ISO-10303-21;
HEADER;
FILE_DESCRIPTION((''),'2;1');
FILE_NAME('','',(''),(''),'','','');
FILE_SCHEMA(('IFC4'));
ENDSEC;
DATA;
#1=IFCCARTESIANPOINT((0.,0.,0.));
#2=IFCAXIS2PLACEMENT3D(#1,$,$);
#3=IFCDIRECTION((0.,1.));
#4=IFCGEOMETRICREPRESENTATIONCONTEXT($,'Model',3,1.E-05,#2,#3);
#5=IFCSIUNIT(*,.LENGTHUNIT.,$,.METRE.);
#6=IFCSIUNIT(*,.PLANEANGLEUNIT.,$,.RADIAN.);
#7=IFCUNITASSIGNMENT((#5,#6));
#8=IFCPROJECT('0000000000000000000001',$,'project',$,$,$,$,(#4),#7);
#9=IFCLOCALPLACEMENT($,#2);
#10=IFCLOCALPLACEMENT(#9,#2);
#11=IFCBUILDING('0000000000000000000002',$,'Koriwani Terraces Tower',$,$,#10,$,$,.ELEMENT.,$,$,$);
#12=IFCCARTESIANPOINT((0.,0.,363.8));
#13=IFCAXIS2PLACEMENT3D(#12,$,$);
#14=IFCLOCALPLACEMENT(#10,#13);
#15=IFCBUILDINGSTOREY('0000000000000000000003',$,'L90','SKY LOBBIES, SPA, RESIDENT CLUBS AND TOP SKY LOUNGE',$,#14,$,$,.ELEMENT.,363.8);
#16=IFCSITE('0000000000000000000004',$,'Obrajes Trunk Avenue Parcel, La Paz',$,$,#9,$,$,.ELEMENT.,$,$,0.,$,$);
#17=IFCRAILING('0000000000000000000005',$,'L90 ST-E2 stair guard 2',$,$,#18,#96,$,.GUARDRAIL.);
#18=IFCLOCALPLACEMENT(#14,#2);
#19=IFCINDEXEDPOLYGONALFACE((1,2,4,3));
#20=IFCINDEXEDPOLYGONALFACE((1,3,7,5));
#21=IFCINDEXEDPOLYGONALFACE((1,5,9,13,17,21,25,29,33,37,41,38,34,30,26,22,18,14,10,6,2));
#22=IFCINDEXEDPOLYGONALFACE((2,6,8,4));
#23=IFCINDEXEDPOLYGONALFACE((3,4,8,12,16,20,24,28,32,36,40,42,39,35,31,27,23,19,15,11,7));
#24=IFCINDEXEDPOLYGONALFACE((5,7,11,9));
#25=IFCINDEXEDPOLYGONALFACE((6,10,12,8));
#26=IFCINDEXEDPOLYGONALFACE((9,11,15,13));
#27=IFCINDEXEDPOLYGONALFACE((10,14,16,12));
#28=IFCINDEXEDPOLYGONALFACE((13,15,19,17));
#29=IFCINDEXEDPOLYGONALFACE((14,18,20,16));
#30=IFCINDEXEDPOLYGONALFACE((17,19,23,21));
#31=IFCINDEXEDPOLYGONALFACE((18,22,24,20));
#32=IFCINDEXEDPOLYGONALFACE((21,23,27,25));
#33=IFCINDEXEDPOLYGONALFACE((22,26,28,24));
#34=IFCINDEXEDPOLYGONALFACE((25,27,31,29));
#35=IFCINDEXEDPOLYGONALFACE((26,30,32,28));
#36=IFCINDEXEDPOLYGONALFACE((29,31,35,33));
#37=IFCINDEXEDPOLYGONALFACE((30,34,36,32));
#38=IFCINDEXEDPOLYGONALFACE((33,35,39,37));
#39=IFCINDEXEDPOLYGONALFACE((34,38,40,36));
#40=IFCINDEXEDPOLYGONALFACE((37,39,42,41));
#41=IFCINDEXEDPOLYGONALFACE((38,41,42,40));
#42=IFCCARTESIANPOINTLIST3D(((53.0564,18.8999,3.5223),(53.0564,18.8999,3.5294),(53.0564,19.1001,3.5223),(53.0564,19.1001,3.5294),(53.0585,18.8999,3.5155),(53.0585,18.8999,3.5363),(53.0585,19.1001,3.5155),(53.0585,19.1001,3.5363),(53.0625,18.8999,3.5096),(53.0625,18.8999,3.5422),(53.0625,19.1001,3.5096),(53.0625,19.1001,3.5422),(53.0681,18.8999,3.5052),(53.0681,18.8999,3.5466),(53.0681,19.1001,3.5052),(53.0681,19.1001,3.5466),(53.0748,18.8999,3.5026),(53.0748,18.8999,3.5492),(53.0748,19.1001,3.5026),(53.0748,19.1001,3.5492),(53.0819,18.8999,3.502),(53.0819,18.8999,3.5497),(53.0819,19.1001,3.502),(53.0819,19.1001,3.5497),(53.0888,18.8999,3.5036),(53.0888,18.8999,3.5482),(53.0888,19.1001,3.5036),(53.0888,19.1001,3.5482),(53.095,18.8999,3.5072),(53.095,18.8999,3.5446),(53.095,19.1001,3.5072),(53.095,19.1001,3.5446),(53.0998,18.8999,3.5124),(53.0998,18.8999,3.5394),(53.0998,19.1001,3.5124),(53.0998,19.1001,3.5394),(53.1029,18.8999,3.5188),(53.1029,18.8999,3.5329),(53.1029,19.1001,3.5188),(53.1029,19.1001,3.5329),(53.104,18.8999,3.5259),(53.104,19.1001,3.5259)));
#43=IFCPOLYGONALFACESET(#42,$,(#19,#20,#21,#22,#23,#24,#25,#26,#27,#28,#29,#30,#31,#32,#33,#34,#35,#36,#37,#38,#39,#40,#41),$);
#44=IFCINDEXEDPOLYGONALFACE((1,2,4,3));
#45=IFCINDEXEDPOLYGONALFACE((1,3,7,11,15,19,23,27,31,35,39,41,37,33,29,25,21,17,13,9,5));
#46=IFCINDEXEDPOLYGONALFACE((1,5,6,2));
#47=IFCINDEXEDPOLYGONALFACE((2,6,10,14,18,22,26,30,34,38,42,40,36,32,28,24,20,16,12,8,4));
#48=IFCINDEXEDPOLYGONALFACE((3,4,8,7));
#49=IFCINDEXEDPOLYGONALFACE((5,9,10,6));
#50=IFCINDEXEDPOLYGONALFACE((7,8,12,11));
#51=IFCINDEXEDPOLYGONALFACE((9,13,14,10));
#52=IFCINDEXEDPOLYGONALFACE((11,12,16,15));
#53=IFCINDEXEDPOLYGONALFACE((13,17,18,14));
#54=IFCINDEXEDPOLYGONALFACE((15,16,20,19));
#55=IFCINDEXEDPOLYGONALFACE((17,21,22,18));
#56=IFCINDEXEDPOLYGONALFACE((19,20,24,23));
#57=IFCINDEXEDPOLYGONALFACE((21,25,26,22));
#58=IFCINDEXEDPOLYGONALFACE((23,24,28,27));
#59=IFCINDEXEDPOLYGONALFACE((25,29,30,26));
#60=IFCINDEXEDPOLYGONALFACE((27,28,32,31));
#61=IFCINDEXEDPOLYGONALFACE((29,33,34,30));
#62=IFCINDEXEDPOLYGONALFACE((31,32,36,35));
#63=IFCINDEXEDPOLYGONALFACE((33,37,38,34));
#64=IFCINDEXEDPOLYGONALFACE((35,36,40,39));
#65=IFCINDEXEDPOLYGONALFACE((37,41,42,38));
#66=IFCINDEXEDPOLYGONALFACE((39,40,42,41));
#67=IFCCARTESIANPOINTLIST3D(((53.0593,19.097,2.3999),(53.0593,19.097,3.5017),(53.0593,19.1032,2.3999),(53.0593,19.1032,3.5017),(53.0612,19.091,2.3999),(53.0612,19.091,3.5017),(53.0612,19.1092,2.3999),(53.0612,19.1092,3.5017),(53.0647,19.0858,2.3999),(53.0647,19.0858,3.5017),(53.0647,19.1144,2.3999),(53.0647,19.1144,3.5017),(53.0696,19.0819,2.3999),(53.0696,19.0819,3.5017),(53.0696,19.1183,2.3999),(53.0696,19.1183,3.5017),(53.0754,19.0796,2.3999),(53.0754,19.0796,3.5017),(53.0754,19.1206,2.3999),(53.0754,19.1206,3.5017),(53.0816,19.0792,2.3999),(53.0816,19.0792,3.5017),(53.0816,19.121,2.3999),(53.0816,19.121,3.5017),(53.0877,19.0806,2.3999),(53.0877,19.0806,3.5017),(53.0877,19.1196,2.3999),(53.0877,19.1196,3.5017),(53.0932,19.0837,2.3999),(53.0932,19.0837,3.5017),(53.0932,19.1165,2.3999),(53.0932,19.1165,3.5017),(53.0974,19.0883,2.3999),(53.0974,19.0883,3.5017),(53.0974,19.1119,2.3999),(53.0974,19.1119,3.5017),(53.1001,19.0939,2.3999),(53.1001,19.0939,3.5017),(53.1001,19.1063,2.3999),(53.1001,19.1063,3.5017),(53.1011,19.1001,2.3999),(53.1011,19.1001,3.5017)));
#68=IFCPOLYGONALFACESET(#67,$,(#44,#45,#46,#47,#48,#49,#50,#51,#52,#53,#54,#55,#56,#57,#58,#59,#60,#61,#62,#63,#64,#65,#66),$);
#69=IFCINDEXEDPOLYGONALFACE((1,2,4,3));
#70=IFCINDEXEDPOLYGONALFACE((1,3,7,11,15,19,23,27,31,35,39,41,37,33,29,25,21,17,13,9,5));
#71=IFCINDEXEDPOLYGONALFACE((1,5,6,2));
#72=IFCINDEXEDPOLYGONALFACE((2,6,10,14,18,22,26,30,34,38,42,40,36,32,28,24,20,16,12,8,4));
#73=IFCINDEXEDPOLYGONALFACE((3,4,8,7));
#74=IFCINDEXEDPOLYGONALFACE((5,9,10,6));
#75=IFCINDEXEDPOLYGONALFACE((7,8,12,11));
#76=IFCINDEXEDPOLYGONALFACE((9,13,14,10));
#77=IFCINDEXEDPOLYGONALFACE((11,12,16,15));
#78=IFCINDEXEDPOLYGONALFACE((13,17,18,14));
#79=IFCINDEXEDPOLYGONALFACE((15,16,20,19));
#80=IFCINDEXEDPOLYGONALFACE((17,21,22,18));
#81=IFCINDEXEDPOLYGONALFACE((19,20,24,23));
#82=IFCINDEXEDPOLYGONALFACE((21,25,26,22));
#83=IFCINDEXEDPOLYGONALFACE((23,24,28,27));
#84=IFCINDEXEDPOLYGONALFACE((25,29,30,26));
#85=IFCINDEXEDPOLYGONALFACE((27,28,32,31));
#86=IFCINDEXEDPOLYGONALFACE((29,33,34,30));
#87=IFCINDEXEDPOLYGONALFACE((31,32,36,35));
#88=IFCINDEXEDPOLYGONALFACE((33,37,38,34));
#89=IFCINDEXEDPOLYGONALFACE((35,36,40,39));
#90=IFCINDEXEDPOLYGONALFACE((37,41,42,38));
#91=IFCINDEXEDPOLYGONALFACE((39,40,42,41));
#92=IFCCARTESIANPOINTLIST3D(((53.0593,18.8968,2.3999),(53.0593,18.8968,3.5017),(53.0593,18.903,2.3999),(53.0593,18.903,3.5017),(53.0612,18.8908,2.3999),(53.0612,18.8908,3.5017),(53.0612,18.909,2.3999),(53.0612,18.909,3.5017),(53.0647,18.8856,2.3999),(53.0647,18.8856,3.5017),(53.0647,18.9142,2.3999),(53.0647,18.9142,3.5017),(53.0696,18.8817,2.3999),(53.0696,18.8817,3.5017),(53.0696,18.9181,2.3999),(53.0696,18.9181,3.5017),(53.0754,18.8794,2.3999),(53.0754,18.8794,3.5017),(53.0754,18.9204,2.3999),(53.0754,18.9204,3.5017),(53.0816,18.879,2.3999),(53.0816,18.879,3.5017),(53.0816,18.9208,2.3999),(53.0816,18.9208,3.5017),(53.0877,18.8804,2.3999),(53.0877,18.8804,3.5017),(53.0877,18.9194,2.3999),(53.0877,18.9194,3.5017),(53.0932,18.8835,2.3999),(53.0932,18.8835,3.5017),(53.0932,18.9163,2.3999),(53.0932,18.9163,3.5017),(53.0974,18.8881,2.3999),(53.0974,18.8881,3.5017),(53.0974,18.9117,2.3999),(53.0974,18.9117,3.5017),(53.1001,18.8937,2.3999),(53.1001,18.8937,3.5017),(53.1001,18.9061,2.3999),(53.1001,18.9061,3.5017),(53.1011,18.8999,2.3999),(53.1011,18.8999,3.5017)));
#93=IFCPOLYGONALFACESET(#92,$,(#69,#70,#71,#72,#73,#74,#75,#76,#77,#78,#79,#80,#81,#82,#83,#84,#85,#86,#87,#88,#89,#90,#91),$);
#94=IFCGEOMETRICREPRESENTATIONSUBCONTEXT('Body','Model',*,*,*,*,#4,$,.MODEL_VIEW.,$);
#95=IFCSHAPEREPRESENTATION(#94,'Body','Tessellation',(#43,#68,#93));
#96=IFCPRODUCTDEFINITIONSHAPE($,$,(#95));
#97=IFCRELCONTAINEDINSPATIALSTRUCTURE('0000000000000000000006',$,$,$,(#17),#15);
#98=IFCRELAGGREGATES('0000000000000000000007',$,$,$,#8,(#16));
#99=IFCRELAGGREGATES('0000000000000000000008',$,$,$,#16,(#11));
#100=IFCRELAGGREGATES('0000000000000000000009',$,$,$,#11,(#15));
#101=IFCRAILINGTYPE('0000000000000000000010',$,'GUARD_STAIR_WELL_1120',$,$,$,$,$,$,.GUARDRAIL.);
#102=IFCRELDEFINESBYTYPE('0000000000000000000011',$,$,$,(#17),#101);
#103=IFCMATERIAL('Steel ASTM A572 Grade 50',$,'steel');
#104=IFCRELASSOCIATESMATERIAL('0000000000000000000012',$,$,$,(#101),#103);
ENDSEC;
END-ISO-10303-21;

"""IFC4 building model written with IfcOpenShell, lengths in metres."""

from ifc_helpers import new_model, si_unit, direction, frame, origin, origin_2d, place, context, subcontext, project, spatial, circle, extrude, material, type_object, element, save


model = new_model("IFC4")

# Units and contexts
model_context = context("Model", 3, precision=1e-05, world=origin(), true_north=direction((0.0, 1.0)))
body_context = subcontext(model_context, "Body", "Model", "MODEL_VIEW")
ifc_project = project(units=[si_unit("LENGTHUNIT", "METRE"), si_unit("PLANEANGLEUNIT", "RADIAN")], contexts=[model_context])

# Site, building, storey
site_placement = place(None, origin())
site = spatial("IfcSite", under=ifc_project, at=site_placement, Name="Obrajes Trunk Avenue Parcel, La Paz", CompositionType="ELEMENT", RefElevation=0.0)
building_placement = place(site_placement, origin())
building = spatial("IfcBuilding", under=site, at=building_placement, Name="Koriwani Terraces Tower", CompositionType="ELEMENT")
storey_placement = place(building_placement, frame((0.0, 0.0, 363.8)))
storey = spatial("IfcBuildingStorey", under=building, at=storey_placement, Name="L90", Description="SKY LOBBIES, SPA, RESIDENT CLUBS AND TOP SKY LOUNGE", CompositionType="ELEMENT", Elevation=363.8)

# Shared definitions
ifc_material_1 = material(Name="Steel ASTM A572 Grade 50", Category="steel")

# Railing
railing_type_1 = type_object("IfcRailingType", Name="GUARD_STAIR_WELL_1120", PredefinedType="GUARDRAIL", material=ifc_material_1)
railing_1_placement = place(storey_placement, frame((53.0801, 19.1001, 2.3999)))
element("IfcRailing", 1, at=railing_1_placement, inside=storey, type_object=railing_type_1, Name="L90 ST-E2 stair guard 2", PredefinedType="GUARDRAIL", context=body_context, shape_type="SweptSolid", body=[
    extrude(circle(Radius=0.0239, at=origin_2d()), frame((0.0, 0.0, 1.126), z_axis=(0.0, -1.0, 0.0), x_axis=(1.0, 0.0, 0.0)), (0.0, 0.0, 1.0), 0.2002),
    extrude(circle(Radius=0.021, at=origin_2d()), origin(), (0.0, 0.0, 1.0), 1.1018),
    extrude(circle(Radius=0.021, at=origin_2d()), frame((0.0, -0.2002, 0.0)), (0.0, 0.0, 1.0), 1.1018),
])

save(model, "model.ifc")
